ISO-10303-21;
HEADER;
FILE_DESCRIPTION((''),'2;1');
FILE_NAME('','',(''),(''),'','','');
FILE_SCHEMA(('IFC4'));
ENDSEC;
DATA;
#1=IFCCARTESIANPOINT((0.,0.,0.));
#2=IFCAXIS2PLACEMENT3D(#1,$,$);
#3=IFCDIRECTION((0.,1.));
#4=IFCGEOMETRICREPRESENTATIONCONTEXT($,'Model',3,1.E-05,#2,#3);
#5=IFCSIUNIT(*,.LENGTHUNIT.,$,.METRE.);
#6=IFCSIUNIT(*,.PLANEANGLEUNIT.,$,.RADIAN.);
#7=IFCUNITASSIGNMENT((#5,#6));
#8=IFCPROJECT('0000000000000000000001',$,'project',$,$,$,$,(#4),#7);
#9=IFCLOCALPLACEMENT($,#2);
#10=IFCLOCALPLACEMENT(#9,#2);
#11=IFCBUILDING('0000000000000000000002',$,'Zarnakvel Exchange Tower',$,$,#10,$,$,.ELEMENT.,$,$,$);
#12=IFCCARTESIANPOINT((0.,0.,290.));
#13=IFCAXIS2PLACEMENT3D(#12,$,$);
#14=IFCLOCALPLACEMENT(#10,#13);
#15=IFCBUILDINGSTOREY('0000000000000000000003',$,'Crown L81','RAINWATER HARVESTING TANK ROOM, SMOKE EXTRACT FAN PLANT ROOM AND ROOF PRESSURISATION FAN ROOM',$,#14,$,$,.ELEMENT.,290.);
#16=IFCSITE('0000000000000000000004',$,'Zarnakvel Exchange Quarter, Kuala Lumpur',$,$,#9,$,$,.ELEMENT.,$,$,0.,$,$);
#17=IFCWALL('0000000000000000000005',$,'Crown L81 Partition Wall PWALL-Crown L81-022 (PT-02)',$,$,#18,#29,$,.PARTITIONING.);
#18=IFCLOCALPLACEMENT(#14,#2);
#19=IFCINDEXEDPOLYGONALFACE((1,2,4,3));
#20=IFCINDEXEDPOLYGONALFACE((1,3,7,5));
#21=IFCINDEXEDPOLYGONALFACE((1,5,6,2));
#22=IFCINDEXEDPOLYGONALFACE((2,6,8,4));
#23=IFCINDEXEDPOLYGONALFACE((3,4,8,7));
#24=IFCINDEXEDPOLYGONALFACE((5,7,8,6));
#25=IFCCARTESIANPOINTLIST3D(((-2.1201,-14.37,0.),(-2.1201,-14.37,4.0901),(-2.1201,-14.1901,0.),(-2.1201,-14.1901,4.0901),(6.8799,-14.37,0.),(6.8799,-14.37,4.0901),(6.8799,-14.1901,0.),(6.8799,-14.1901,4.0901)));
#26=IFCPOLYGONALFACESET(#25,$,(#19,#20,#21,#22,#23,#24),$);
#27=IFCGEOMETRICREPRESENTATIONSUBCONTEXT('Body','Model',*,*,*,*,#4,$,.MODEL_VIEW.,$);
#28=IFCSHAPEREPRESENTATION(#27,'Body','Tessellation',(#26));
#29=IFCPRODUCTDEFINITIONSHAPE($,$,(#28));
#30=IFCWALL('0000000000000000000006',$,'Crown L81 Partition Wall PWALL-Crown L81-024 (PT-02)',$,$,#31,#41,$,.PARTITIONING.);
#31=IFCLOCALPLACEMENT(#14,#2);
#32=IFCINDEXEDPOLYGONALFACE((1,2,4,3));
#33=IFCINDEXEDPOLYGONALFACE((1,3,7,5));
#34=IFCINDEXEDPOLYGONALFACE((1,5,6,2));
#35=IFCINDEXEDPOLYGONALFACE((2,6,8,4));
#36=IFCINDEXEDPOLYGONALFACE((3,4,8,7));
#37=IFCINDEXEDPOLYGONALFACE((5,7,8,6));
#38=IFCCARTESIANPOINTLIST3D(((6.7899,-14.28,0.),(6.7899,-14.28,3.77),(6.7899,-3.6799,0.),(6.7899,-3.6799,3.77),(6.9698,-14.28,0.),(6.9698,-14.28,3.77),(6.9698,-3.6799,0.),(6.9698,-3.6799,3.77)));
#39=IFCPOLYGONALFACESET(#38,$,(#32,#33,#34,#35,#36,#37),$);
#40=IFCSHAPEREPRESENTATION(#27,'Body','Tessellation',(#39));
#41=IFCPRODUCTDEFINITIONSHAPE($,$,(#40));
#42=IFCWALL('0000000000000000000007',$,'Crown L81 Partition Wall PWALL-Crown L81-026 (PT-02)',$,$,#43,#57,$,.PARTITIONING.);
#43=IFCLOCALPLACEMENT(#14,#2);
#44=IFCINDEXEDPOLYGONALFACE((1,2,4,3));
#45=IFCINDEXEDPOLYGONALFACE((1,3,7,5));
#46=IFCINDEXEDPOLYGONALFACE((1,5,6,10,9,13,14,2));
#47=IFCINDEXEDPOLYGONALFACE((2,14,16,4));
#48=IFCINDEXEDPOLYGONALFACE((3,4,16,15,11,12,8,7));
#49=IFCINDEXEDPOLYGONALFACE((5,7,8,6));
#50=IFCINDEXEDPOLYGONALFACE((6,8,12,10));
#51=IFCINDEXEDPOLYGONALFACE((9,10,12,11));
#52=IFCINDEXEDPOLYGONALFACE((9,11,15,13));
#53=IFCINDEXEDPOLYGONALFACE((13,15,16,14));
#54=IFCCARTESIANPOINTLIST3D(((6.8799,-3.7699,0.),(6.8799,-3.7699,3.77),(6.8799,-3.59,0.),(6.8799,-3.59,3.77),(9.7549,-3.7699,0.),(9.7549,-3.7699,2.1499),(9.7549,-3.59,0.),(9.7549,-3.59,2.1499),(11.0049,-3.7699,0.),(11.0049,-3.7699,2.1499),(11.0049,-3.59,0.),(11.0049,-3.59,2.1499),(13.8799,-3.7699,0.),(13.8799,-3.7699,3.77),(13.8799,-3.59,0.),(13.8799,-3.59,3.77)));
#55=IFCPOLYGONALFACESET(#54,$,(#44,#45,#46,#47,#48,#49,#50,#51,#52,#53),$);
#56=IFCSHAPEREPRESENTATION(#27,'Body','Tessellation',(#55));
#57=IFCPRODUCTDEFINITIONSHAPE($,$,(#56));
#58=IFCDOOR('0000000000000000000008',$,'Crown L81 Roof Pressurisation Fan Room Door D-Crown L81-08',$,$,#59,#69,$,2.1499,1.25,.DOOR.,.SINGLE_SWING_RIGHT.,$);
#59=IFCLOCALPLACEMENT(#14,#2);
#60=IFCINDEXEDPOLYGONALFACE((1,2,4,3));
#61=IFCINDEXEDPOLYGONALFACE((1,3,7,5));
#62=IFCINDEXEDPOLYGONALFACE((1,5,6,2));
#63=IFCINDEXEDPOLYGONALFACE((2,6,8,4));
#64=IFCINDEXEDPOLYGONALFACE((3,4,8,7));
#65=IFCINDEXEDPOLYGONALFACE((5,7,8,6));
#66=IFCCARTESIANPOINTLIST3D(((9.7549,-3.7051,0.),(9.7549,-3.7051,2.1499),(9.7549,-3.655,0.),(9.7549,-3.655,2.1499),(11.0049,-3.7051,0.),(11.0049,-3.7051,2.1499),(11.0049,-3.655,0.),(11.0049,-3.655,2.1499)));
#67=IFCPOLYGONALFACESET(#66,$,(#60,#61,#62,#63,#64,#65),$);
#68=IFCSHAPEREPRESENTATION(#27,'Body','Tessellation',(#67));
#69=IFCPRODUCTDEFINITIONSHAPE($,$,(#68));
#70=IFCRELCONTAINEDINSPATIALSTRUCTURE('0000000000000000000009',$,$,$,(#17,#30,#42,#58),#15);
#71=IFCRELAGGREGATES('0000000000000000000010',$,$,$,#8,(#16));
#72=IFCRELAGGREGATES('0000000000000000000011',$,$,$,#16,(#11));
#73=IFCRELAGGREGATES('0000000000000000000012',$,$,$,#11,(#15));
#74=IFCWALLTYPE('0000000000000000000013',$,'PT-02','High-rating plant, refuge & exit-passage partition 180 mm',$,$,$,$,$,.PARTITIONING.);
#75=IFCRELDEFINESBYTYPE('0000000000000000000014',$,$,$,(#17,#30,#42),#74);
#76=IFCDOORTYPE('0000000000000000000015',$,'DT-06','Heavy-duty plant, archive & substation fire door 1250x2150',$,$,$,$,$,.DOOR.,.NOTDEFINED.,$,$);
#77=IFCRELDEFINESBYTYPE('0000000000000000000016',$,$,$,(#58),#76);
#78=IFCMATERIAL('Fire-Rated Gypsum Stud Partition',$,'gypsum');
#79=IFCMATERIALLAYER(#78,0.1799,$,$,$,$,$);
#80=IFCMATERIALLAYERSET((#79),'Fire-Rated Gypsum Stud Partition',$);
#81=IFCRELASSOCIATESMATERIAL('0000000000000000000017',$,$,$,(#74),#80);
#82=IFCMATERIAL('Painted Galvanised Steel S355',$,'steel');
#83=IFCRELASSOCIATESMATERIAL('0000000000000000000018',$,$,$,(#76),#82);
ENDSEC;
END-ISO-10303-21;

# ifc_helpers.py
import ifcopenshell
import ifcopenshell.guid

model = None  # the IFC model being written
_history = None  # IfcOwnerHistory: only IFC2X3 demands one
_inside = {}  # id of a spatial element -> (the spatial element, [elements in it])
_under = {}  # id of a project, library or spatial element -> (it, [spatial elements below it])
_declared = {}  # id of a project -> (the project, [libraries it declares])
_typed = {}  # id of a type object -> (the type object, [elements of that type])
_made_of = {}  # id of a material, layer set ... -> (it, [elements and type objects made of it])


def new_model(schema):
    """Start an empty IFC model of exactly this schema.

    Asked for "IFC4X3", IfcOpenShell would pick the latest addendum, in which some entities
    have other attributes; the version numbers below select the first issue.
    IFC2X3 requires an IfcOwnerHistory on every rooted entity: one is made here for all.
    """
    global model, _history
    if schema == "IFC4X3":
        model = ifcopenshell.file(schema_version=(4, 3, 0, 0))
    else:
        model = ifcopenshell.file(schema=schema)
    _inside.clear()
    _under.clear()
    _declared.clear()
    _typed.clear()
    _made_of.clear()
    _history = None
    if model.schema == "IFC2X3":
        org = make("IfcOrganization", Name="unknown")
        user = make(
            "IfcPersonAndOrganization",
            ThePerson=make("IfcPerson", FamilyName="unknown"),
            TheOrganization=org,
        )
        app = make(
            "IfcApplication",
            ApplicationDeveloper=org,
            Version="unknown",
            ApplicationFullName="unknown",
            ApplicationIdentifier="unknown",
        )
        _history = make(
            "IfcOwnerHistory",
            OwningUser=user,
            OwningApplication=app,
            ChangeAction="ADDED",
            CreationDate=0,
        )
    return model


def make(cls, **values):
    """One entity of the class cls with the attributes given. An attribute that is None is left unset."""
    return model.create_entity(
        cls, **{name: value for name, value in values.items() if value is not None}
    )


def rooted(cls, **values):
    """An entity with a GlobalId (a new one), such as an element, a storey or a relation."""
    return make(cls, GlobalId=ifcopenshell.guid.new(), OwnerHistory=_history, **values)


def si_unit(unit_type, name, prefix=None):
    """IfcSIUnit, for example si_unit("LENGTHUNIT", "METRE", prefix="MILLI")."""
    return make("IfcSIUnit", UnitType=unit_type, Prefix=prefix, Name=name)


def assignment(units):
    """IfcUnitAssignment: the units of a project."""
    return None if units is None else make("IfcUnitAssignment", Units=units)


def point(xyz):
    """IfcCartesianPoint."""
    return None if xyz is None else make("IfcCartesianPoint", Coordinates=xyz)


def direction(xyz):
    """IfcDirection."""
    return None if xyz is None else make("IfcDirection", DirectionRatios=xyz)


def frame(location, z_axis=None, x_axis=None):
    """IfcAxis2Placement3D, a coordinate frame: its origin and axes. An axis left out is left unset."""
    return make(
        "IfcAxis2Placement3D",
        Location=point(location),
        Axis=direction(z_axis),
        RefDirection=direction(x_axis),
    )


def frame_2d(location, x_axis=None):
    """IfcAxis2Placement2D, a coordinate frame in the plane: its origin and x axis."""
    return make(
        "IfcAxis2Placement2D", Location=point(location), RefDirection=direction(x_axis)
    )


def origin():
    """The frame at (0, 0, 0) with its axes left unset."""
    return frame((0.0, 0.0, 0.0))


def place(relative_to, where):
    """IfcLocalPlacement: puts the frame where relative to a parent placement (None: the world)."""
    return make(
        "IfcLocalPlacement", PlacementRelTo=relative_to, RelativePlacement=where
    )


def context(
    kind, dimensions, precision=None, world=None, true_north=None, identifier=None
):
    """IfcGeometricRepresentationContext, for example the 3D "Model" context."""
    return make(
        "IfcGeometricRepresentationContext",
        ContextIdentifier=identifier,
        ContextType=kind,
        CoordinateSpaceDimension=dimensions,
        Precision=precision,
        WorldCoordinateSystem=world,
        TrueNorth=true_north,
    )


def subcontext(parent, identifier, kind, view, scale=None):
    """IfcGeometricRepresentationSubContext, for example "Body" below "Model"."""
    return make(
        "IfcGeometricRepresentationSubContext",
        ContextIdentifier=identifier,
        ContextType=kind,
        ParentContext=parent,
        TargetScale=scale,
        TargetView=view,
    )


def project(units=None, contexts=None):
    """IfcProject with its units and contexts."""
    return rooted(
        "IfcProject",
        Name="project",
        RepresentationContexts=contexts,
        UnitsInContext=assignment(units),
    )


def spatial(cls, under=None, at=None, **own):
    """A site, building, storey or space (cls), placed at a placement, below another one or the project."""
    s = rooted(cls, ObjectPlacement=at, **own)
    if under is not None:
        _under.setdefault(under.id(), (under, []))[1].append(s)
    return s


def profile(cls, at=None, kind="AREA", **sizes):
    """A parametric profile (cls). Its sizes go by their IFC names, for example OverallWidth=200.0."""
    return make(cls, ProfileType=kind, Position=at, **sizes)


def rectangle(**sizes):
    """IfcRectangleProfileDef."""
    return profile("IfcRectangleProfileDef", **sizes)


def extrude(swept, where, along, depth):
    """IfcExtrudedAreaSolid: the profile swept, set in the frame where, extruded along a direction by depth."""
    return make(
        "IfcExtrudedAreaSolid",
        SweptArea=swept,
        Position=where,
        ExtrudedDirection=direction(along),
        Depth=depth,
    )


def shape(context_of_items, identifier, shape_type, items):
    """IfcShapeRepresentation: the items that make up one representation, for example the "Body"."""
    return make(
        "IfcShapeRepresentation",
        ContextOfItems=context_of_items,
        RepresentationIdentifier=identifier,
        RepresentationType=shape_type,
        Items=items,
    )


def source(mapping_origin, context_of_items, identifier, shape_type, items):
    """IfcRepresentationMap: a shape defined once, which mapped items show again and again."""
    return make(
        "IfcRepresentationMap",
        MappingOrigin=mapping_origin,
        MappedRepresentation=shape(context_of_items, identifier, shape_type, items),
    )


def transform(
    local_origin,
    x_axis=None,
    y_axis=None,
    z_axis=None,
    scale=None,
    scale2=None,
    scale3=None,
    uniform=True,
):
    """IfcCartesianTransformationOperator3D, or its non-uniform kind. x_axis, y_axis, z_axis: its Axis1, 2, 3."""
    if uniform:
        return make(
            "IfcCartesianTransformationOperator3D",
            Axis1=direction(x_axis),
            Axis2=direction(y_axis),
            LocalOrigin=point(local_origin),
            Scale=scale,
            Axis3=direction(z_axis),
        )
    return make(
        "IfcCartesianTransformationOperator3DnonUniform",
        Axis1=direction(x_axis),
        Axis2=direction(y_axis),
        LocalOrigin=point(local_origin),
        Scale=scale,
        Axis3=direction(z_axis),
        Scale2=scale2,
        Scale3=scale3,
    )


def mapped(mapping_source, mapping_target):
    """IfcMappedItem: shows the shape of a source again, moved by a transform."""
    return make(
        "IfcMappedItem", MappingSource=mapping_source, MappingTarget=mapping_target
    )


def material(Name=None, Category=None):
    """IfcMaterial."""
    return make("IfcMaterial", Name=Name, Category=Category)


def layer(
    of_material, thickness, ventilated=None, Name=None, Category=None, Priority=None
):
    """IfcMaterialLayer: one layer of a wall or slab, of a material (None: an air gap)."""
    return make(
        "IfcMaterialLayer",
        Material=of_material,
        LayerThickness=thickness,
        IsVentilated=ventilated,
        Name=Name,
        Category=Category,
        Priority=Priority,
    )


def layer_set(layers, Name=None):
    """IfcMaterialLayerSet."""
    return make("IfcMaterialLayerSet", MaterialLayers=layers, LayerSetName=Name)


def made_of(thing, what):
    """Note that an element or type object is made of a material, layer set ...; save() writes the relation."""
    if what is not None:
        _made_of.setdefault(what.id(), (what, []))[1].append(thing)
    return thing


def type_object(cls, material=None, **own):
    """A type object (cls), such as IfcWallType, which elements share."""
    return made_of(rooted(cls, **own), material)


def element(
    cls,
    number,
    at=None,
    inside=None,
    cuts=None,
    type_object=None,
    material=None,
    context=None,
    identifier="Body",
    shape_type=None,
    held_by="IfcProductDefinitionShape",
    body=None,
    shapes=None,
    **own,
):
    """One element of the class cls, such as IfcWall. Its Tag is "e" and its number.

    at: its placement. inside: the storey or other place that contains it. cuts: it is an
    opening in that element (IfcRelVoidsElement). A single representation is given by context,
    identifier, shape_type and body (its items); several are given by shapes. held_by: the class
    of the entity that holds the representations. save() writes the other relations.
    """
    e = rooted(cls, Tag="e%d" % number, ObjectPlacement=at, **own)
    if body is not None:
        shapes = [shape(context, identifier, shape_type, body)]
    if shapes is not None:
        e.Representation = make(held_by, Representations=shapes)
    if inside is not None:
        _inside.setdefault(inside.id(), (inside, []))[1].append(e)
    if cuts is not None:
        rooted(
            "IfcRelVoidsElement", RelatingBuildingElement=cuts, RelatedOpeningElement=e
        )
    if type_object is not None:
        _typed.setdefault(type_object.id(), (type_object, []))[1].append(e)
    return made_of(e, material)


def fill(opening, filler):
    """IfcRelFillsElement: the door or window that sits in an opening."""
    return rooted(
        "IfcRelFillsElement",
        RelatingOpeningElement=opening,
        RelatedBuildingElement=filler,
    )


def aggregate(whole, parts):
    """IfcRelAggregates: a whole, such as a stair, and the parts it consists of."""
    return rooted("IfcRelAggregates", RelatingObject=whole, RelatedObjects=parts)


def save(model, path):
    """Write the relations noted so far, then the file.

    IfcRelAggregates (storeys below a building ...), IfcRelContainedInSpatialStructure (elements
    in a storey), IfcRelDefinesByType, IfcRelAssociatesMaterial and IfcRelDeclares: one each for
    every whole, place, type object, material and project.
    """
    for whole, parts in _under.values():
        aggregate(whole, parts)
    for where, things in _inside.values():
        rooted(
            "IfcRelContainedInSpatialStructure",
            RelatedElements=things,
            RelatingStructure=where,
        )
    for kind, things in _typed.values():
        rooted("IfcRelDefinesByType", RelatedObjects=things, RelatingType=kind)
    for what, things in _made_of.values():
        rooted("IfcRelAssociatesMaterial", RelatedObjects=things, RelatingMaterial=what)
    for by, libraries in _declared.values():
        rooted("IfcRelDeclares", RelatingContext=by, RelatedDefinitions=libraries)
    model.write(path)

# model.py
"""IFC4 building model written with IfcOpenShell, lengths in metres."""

from ifc_helpers import new_model, si_unit, direction, frame, frame_2d, origin, place, context, subcontext, project, spatial, rectangle, extrude, source, transform, mapped, material, layer, layer_set, type_object, element, fill, save


model = new_model("IFC4")

# Units and contexts
model_context = context("Model", 3, precision=1e-05, world=origin(), true_north=direction((0.0, 1.0)))
body_context = subcontext(model_context, "Body", "Model", "MODEL_VIEW")
ifc_project = project(units=[si_unit("LENGTHUNIT", "METRE"), si_unit("PLANEANGLEUNIT", "RADIAN")], contexts=[model_context])

# Site, building, storey
site_placement = place(None, origin())
site = spatial("IfcSite", under=ifc_project, at=site_placement, Name="Zarnakvel Exchange Quarter, Kuala Lumpur", CompositionType="ELEMENT", RefElevation=0.0)
building_placement = place(site_placement, origin())
building = spatial("IfcBuilding", under=site, at=building_placement, Name="Zarnakvel Exchange Tower", CompositionType="ELEMENT")
storey_placement = place(building_placement, frame((0.0, 0.0, 290.0)))
storey = spatial("IfcBuildingStorey", under=building, at=storey_placement, Name="Crown L81", Description="RAINWATER HARVESTING TANK ROOM, SMOKE EXTRACT FAN PLANT ROOM AND ROOF PRESSURISATION FAN ROOM", CompositionType="ELEMENT", Elevation=290.0)

# Walls
ifc_material_1 = material(Name="Fire-Rated Gypsum Stud Partition", Category="gypsum")
ifc_layer_1 = layer(ifc_material_1, 0.1799)
ifc_layer_set_1 = layer_set([ifc_layer_1], Name="Fire-Rated Gypsum Stud Partition")
wall_type_1 = type_object("IfcWallType", Name="PT-02", Description="High-rating plant, refuge & exit-passage partition 180 mm", PredefinedType="PARTITIONING", material=ifc_layer_set_1)
wall_1_placement = place(storey_placement, frame((6.8799, -14.28, 0.0), z_axis=(0.0, 0.0, 1.0), x_axis=(-1.0, 0.0, 0.0)))
element("IfcWall", 1, at=wall_1_placement, inside=storey, type_object=wall_type_1, Name="Crown L81 Partition Wall PWALL-Crown L81-022 (PT-02)", PredefinedType="PARTITIONING", context=body_context, shape_type="SweptSolid", body=[
    extrude(rectangle(XDim=9.0, YDim=0.1799, at=frame_2d((4.5, 0.0))), origin(), (0.0, 0.0, 1.0), 4.0901),
])
wall_2_placement = place(storey_placement, frame((6.8799, -3.6799, 0.0), z_axis=(0.0, 0.0, 1.0), x_axis=(0.0, -1.0, 0.0)))
element("IfcWall", 2, at=wall_2_placement, inside=storey, type_object=wall_type_1, Name="Crown L81 Partition Wall PWALL-Crown L81-024 (PT-02)", PredefinedType="PARTITIONING", context=body_context, shape_type="SweptSolid", body=[
    extrude(rectangle(XDim=10.6001, YDim=0.1799, at=frame_2d((5.3, 0.0))), origin(), (0.0, 0.0, 1.0), 3.77),
])

# Wall, opening, door
wall_3_placement = place(storey_placement, frame((6.8799, -3.6799, 0.0), z_axis=(0.0, 0.0, 1.0), x_axis=(1.0, 0.0, 0.0)))
wall_3 = element("IfcWall", 3, at=wall_3_placement, inside=storey, type_object=wall_type_1, Name="Crown L81 Partition Wall PWALL-Crown L81-026 (PT-02)", PredefinedType="PARTITIONING", context=body_context, shape_type="SweptSolid", body=[
    extrude(rectangle(XDim=7.0, YDim=0.1799, at=frame_2d((3.5, 0.0))), origin(), (0.0, 0.0, 1.0), 3.77),
])
opening_placement = place(wall_3_placement, frame((2.875, 0.0, 0.0)))
opening = element("IfcOpeningElement", 4, at=opening_placement, cuts=wall_3, PredefinedType="OPENING", context=body_context, shape_type="SweptSolid", body=[
    extrude(rectangle(XDim=1.25, YDim=2.1499, at=frame_2d((0.625, 1.075))), frame((0.0, 0.0999, 0.0), z_axis=(0.0, -1.0, 0.0), x_axis=(1.0, 0.0, 0.0)), (0.0, 0.0, 1.0), 0.2),
])
ifc_material_2 = material(Name="Painted Galvanised Steel S355", Category="steel")
door_type = type_object("IfcDoorType", Name="DT-06", Description="Heavy-duty plant, archive & substation fire door 1250x2150", OperationType="NOTDEFINED", PredefinedType="DOOR", material=ifc_material_2)
shared_shape_1 = source(origin(), body_context, "Body", "SweptSolid", [
    extrude(rectangle(XDim=1.25, YDim=2.1499, at=frame_2d((0.625, 1.075))), frame((0.0, 0.0249, 0.0), z_axis=(0.0, -1.0, 0.0), x_axis=(1.0, 0.0, 0.0)), (0.0, 0.0, 1.0), 0.05),
])
door_placement = place(opening_placement, origin())
door = element("IfcDoor", 5, at=door_placement, inside=storey, type_object=door_type, Name="Crown L81 Roof Pressurisation Fan Room Door D-Crown L81-08", OperationType="SINGLE_SWING_RIGHT", OverallHeight=2.1499, OverallWidth=1.25, PredefinedType="DOOR", context=body_context, shape_type="MappedRepresentation", body=[
    mapped(shared_shape_1, transform((0.0, 0.0, 0.0), x_axis=(1.0, 0.0, 0.0), y_axis=(0.0, 1.0, 0.0), z_axis=(0.0, 0.0, 1.0), scale=1.0)),
])
fill(opening, door)

save(model, "model.ifc")
